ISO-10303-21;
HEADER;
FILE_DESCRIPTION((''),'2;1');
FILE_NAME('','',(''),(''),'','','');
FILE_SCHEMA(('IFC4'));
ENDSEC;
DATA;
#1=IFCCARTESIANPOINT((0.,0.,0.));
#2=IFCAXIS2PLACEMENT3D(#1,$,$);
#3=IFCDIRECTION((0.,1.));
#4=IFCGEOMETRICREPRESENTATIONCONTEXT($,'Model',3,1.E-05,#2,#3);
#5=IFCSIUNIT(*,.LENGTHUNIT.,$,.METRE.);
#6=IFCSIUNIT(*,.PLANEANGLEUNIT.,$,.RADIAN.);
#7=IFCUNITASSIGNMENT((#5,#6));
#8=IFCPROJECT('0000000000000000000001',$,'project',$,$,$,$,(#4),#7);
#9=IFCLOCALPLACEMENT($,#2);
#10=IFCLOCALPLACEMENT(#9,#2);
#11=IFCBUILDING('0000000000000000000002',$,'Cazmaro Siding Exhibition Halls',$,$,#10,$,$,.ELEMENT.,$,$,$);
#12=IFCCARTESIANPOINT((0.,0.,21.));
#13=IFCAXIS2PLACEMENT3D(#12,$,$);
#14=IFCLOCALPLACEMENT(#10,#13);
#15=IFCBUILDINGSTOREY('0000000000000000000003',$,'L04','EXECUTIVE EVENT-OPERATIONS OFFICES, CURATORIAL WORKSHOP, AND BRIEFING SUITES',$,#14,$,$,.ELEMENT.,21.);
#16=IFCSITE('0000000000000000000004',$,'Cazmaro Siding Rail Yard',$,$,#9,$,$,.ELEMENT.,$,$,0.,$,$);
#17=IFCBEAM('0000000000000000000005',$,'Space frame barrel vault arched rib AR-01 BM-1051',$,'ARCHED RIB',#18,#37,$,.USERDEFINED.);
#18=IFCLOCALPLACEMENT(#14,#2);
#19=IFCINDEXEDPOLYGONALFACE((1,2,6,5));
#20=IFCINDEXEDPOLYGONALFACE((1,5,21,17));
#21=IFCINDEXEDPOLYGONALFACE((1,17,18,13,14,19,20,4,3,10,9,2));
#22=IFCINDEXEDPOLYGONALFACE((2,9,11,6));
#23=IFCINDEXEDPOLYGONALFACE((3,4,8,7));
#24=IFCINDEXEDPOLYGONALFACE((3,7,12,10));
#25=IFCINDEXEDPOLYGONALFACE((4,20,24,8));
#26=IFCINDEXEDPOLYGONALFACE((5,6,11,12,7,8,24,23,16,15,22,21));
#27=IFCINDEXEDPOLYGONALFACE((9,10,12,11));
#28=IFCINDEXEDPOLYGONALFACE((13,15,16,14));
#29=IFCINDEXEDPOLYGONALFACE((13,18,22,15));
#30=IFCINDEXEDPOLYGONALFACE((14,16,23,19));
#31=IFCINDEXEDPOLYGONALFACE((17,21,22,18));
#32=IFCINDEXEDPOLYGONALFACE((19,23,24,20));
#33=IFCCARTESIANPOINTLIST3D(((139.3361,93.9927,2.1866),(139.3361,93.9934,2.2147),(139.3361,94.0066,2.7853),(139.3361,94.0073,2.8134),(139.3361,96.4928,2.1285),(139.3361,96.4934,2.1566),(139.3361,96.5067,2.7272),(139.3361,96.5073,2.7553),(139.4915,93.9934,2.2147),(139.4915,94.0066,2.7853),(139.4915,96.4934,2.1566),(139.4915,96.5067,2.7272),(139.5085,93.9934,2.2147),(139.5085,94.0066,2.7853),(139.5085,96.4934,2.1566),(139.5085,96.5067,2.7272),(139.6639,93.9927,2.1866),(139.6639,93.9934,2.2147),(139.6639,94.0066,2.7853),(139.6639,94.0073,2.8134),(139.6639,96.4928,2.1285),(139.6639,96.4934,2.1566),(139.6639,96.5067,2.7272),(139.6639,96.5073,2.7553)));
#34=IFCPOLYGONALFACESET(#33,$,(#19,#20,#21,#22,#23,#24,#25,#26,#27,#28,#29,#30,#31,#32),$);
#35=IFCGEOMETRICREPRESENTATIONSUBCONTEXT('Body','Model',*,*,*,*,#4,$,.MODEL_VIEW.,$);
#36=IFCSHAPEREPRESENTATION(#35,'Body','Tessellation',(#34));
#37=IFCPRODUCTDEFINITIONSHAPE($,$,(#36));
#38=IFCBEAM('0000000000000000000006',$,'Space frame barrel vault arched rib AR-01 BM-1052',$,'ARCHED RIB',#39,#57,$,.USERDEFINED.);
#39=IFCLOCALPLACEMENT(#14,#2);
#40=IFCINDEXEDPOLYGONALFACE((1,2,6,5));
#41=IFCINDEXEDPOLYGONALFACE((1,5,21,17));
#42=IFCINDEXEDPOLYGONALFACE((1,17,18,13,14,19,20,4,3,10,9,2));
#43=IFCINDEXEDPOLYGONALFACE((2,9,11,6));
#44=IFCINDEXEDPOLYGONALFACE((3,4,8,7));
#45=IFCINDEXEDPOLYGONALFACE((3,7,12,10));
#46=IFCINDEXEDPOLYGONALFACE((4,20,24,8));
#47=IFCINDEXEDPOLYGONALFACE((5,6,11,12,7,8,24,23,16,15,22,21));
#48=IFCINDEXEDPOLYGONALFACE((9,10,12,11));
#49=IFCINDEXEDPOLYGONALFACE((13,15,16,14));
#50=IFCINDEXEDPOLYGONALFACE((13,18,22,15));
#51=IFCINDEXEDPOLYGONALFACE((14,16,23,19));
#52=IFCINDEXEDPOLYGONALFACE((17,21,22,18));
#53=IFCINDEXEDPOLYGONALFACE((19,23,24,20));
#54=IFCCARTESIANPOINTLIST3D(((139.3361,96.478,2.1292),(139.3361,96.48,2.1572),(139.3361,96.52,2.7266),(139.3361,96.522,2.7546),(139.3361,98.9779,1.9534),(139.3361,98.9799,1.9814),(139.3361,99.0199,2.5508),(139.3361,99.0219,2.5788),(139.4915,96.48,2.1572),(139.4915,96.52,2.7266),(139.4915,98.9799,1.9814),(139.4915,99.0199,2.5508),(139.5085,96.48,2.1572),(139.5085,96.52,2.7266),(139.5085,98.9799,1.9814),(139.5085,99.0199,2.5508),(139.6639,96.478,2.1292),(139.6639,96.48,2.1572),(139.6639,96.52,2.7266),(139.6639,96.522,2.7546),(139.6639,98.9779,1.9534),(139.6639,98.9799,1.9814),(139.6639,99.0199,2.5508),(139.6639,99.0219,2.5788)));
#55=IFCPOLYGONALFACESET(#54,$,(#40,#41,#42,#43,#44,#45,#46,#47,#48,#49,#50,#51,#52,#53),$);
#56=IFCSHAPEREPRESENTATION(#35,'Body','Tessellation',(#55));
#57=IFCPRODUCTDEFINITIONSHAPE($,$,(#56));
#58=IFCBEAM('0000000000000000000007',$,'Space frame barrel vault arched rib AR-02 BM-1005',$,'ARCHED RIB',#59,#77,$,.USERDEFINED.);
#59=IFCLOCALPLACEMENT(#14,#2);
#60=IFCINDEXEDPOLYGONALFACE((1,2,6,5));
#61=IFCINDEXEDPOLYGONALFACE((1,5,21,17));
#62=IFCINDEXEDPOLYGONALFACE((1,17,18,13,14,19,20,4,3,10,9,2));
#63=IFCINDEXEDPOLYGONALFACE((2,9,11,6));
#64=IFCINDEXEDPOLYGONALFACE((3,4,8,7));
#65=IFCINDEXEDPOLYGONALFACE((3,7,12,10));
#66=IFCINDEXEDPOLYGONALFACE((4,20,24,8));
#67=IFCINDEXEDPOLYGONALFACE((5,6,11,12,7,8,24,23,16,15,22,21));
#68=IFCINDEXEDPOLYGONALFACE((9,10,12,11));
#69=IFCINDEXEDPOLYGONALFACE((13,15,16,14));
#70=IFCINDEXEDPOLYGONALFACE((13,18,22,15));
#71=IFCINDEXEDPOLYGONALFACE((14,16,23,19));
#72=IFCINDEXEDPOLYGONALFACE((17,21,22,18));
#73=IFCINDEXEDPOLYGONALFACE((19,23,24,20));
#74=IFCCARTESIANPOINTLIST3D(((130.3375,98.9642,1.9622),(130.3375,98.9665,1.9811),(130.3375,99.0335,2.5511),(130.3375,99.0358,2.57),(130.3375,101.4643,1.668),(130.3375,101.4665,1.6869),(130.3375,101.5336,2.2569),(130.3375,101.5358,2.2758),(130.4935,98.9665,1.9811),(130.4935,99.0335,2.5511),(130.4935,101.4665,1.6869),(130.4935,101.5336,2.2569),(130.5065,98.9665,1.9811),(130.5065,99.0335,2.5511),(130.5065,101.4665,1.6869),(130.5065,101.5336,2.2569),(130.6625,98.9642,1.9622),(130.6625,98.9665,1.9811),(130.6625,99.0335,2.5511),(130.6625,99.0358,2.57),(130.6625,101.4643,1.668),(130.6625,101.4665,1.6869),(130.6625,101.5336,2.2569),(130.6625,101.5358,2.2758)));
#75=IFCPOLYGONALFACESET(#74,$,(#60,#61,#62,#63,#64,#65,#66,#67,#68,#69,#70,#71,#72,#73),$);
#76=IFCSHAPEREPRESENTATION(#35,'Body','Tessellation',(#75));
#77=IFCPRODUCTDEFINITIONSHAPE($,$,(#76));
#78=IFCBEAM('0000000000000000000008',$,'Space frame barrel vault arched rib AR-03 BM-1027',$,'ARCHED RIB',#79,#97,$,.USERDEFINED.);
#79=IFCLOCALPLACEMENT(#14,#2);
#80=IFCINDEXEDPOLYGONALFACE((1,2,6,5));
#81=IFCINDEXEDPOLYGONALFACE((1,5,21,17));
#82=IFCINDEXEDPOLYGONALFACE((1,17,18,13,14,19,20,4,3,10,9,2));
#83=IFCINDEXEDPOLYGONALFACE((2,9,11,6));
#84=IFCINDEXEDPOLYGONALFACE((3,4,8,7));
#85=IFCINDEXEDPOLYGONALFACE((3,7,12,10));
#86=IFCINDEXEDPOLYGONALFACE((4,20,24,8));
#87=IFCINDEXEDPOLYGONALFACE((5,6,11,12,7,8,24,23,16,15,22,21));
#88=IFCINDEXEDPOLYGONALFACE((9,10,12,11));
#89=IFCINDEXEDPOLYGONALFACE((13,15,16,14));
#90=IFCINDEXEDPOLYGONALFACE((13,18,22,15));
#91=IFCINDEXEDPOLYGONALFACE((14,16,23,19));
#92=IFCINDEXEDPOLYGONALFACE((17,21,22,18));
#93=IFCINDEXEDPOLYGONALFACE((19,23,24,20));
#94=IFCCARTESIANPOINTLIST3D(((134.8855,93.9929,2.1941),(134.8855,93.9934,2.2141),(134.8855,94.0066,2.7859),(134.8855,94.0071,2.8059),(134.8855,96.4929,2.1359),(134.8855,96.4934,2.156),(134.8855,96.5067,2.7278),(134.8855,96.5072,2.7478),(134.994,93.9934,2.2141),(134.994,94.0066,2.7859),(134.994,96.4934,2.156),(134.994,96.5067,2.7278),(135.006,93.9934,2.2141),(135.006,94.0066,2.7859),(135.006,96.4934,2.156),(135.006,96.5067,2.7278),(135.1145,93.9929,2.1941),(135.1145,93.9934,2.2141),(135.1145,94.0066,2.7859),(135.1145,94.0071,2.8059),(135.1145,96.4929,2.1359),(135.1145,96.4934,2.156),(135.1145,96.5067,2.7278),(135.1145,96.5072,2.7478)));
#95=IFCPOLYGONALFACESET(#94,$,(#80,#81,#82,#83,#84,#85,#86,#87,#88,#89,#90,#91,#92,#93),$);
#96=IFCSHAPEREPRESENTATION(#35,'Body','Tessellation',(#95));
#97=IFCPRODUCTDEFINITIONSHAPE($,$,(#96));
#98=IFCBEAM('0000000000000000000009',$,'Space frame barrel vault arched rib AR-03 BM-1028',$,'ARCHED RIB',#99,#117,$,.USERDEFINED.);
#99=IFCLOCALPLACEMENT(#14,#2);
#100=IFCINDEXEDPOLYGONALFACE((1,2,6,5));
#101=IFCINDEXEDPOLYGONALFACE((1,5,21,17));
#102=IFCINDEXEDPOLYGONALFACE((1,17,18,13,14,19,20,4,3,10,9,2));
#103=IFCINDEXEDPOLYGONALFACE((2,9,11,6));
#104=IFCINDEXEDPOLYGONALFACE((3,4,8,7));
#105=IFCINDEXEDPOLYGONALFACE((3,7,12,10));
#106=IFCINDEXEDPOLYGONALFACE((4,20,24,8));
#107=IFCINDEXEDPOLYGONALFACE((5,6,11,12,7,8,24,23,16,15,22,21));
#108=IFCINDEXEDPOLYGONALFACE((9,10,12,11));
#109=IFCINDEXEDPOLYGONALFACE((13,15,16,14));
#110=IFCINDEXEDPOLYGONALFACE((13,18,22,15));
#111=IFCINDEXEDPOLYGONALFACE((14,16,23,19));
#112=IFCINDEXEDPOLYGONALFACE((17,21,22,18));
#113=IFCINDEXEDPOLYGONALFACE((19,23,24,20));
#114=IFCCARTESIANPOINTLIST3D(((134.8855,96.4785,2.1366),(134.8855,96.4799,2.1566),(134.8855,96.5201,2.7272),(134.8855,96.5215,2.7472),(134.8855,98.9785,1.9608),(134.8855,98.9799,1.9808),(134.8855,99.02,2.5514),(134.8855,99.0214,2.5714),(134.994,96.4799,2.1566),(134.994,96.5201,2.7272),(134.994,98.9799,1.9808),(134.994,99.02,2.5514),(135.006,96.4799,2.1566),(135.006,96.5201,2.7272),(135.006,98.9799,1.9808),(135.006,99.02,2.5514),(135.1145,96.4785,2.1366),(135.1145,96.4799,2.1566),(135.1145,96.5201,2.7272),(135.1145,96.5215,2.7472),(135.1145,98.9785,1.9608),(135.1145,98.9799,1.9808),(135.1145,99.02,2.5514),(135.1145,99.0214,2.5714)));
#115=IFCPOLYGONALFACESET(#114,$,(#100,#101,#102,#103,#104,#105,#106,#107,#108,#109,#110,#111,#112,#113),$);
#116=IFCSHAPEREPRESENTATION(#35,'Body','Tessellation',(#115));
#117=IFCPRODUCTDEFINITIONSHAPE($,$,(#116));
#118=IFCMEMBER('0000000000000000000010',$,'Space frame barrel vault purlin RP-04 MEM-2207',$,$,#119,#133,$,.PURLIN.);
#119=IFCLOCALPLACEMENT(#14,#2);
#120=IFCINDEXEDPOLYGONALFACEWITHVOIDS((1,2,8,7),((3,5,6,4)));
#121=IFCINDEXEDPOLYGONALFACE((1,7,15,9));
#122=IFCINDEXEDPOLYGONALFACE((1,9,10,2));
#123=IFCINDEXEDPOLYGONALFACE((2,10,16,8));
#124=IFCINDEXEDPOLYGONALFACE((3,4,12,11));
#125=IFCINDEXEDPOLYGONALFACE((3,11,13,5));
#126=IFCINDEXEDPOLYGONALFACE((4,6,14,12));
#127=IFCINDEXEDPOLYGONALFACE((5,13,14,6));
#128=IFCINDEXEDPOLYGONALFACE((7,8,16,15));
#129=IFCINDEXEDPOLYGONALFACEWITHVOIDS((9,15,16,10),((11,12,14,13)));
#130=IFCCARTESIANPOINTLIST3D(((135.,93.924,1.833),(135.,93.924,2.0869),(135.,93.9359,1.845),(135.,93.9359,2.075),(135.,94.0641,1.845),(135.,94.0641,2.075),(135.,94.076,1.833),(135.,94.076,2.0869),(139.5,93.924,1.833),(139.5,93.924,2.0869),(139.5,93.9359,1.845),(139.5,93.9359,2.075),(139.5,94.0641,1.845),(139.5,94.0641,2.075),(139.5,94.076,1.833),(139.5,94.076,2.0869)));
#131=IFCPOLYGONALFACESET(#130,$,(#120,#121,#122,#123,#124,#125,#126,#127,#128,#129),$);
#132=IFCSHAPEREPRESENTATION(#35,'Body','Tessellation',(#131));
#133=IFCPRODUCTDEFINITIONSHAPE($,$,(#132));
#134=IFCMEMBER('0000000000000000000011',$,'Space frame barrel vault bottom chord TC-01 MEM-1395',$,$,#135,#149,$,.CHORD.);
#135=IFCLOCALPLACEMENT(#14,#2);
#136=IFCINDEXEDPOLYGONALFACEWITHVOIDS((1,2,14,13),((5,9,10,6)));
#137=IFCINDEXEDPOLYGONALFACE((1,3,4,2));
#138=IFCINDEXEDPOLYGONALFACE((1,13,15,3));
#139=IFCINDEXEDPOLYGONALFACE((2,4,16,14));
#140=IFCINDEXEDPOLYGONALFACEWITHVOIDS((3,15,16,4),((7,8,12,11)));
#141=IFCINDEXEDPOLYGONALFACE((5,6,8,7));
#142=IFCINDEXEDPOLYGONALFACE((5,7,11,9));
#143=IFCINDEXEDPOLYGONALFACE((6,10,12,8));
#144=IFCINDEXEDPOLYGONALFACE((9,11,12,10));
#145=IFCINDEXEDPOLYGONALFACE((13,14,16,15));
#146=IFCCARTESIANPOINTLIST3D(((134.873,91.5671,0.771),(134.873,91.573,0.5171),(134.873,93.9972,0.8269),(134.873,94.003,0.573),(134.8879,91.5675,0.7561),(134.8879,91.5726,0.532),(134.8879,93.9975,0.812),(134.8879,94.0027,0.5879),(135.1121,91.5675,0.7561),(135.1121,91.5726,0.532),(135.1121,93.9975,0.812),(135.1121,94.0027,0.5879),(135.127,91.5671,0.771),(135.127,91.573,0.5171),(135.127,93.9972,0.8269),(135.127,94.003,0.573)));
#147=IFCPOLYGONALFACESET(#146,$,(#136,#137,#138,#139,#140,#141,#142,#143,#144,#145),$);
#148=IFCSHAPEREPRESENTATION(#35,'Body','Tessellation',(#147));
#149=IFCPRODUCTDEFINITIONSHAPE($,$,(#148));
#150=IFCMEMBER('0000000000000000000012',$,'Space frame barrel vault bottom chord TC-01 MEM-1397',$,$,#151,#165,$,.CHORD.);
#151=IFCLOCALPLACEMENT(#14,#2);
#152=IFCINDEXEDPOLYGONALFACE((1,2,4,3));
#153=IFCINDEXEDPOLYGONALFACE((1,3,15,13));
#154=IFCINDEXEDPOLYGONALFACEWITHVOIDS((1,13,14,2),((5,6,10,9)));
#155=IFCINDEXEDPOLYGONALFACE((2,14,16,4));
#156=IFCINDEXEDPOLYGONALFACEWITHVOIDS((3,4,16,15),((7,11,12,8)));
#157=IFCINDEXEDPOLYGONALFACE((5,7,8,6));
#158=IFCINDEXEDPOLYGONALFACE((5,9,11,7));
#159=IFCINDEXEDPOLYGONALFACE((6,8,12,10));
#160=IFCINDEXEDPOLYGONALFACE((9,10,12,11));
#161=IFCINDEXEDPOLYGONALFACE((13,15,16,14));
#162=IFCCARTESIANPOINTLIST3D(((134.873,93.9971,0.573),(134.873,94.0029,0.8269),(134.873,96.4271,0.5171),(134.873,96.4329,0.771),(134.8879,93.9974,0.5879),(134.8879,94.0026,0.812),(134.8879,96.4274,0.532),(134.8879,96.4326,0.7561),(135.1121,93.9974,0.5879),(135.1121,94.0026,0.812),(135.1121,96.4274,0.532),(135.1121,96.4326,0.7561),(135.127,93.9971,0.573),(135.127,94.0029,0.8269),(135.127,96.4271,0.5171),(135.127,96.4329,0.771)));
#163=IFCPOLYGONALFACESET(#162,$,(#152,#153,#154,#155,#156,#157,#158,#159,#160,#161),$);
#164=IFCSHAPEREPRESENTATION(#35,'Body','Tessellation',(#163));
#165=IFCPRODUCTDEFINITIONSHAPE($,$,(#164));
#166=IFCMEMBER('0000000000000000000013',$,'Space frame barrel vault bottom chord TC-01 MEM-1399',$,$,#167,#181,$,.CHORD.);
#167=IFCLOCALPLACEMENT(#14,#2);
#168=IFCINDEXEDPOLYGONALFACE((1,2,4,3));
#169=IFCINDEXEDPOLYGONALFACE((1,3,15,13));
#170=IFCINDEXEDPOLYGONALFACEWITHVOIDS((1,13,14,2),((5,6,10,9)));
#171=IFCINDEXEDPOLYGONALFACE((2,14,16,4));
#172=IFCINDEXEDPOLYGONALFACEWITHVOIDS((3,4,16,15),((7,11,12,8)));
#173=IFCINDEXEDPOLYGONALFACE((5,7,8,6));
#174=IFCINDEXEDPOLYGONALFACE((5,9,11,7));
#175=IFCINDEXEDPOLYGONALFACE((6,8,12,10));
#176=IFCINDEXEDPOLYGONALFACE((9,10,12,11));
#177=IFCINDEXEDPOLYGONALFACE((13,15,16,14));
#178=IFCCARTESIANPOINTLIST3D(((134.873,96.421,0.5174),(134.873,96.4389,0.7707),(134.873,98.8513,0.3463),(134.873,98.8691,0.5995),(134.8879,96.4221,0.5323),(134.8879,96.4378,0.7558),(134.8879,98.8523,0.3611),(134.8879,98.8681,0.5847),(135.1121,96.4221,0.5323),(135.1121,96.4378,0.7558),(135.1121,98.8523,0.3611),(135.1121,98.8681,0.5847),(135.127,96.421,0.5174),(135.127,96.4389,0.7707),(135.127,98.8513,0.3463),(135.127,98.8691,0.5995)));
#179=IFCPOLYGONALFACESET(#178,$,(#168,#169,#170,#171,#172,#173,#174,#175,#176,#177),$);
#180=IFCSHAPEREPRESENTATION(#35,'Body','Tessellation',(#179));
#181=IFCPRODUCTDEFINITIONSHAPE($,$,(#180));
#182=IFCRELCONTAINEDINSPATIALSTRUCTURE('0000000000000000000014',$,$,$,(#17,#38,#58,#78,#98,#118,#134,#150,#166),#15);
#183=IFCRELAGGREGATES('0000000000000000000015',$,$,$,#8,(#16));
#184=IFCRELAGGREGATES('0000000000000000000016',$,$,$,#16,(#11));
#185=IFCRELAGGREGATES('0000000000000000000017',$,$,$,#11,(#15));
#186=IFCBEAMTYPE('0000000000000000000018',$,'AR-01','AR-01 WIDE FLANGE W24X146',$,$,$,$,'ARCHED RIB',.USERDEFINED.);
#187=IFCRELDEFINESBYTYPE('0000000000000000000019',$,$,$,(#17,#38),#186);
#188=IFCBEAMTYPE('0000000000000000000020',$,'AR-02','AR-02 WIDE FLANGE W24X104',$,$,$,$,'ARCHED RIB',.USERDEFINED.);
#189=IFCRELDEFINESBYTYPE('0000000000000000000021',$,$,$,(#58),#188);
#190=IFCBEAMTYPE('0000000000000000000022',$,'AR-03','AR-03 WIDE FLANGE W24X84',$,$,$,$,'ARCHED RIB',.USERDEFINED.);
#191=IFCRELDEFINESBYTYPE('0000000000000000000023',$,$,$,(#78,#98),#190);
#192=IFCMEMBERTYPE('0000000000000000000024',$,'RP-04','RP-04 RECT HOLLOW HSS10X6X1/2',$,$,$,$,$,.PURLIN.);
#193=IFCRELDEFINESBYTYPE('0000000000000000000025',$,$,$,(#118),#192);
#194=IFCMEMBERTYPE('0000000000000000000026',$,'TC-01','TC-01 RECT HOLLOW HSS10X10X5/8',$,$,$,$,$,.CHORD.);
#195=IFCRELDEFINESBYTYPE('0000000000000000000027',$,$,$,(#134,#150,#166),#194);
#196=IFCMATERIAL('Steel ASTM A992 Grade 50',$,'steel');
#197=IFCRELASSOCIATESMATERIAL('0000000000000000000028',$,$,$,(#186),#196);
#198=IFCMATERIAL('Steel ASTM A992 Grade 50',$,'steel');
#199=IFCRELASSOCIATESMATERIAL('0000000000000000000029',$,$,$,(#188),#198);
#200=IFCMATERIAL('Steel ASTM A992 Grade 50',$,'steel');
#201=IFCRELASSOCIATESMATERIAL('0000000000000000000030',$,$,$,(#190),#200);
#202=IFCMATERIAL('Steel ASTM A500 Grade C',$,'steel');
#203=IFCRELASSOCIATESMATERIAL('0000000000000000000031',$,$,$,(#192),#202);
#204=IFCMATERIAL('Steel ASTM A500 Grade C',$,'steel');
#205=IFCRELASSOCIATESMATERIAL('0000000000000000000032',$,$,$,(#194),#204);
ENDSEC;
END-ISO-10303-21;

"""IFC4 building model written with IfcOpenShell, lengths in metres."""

from ifc_helpers import new_model, si_unit, direction, frame, origin, origin_2d, place, context, subcontext, project, spatial, hollow_rectangle, i_section, extrude, material, material_profile, profile_set, type_object, element, save


model = new_model("IFC4")

# Units and contexts
model_context = context("Model", 3, precision=1e-05, world=origin(), true_north=direction((0.0, 1.0)))
body_context = subcontext(model_context, "Body", "Model", "MODEL_VIEW")
ifc_project = project(units=[si_unit("LENGTHUNIT", "METRE"), si_unit("PLANEANGLEUNIT", "RADIAN")], contexts=[model_context])

# Site, building, storey
site_placement = place(None, origin())
site = spatial("IfcSite", under=ifc_project, at=site_placement, Name="Cazmaro Siding Rail Yard", CompositionType="ELEMENT", RefElevation=0.0)
building_placement = place(site_placement, origin())
building = spatial("IfcBuilding", under=site, at=building_placement, Name="Cazmaro Siding Exhibition Halls", CompositionType="ELEMENT")
storey_placement = place(building_placement, frame((0.0, 0.0, 21.0)))
storey = spatial("IfcBuildingStorey", under=building, at=storey_placement, Name="L04", Description="EXECUTIVE EVENT-OPERATIONS OFFICES, CURATORIAL WORKSHOP, AND BRIEFING SUITES", CompositionType="ELEMENT", Elevation=21.0)

# Beams
ifc_material_1 = material(Name="Steel ASTM A992 Grade 50", Category="steel")
ifc_material_profile_1 = material_profile(ifc_material_1, i_section(OverallWidth=0.3279, OverallDepth=0.627, WebThickness=0.0171, FlangeThickness=0.0281, at=origin_2d()), Name="W24X146")
ifc_profile_set_1 = profile_set([ifc_material_profile_1], Name="Steel ASTM A992 Grade 50")
beam_type_1 = type_object("IfcBeamType", Name="AR-01", Description="AR-01 WIDE FLANGE W24X146", ElementType="ARCHED RIB", PredefinedType="USERDEFINED", material=ifc_profile_set_1)
beam_1_placement = place(storey_placement, frame((139.5, 94.0, 2.5), z_axis=(0.0, 0.99973, -0.023236), x_axis=(-1.0, 0.0, 0.0)))
element("IfcBeam", 1, at=beam_1_placement, inside=storey, type_object=beam_type_1, Name="Space frame barrel vault arched rib AR-01 BM-1051", ObjectType="ARCHED RIB", PredefinedType="USERDEFINED", context=body_context, shape_type="SweptSolid", body=[
    extrude(i_section(OverallWidth=0.3279, OverallDepth=0.627, WebThickness=0.0171, FlangeThickness=0.0281, at=origin_2d()), origin(), (0.0, 0.0, 1.0), 2.5007),
])
beam_2_placement = place(storey_placement, frame((139.5, 96.5, 2.4419), z_axis=(0.0, 0.997537, -0.070139), x_axis=(-1.0, 0.0, 0.0)))
element("IfcBeam", 2, at=beam_2_placement, inside=storey, type_object=beam_type_1, Name="Space frame barrel vault arched rib AR-01 BM-1052", ObjectType="ARCHED RIB", PredefinedType="USERDEFINED", context=body_context, shape_type="SweptSolid", body=[
    extrude(i_section(OverallWidth=0.3279, OverallDepth=0.627, WebThickness=0.0171, FlangeThickness=0.0281, at=origin_2d()), origin(), (0.0, 0.0, 1.0), 2.5061),
])
ifc_material_2 = material(Name="Steel ASTM A992 Grade 50", Category="steel")
ifc_material_profile_2 = material_profile(ifc_material_2, i_section(OverallWidth=0.325, OverallDepth=0.6121, WebThickness=0.0129, FlangeThickness=0.019, at=origin_2d()), Name="W24X104")
ifc_profile_set_2 = profile_set([ifc_material_profile_2], Name="Steel ASTM A992 Grade 50")
beam_type_2 = type_object("IfcBeamType", Name="AR-02", Description="AR-02 WIDE FLANGE W24X104", ElementType="ARCHED RIB", PredefinedType="USERDEFINED", material=ifc_profile_set_2)
beam_3_placement = place(storey_placement, frame((130.5, 99.0, 2.2661), z_axis=(0.0, 0.993147, -0.116869), x_axis=(-1.0, 0.0, 0.0)))
element("IfcBeam", 3, at=beam_3_placement, inside=storey, type_object=beam_type_2, Name="Space frame barrel vault arched rib AR-02 BM-1005", ObjectType="ARCHED RIB", PredefinedType="USERDEFINED", context=body_context, shape_type="SweptSolid", body=[
    extrude(i_section(OverallWidth=0.325, OverallDepth=0.6121, WebThickness=0.0129, FlangeThickness=0.019, at=origin_2d()), origin(), (0.0, 0.0, 1.0), 2.5173),
])
ifc_material_3 = material(Name="Steel ASTM A992 Grade 50", Category="steel")
ifc_material_profile_3 = material_profile(ifc_material_3, i_section(OverallWidth=0.229, OverallDepth=0.6121, WebThickness=0.012, FlangeThickness=0.02, at=origin_2d()), Name="W24X84")
ifc_profile_set_3 = profile_set([ifc_material_profile_3], Name="Steel ASTM A992 Grade 50")
beam_type_3 = type_object("IfcBeamType", Name="AR-03", Description="AR-03 WIDE FLANGE W24X84", ElementType="ARCHED RIB", PredefinedType="USERDEFINED", material=ifc_profile_set_3)
beam_4_placement = place(storey_placement, frame((135.0, 94.0, 2.5), z_axis=(0.0, 0.99973, -0.023236), x_axis=(-1.0, 0.0, 0.0)))
element("IfcBeam", 4, at=beam_4_placement, inside=storey, type_object=beam_type_3, Name="Space frame barrel vault arched rib AR-03 BM-1027", ObjectType="ARCHED RIB", PredefinedType="USERDEFINED", context=body_context, shape_type="SweptSolid", body=[
    extrude(i_section(OverallWidth=0.229, OverallDepth=0.6121, WebThickness=0.012, FlangeThickness=0.02, at=origin_2d()), origin(), (0.0, 0.0, 1.0), 2.5007),
])
beam_5_placement = place(storey_placement, frame((135.0, 96.5, 2.4419), z_axis=(0.0, 0.997537, -0.070139), x_axis=(-1.0, 0.0, 0.0)))
element("IfcBeam", 5, at=beam_5_placement, inside=storey, type_object=beam_type_3, Name="Space frame barrel vault arched rib AR-03 BM-1028", ObjectType="ARCHED RIB", PredefinedType="USERDEFINED", context=body_context, shape_type="SweptSolid", body=[
    extrude(i_section(OverallWidth=0.229, OverallDepth=0.6121, WebThickness=0.012, FlangeThickness=0.02, at=origin_2d()), origin(), (0.0, 0.0, 1.0), 2.5061),
])

# Members
ifc_material_4 = material(Name="Steel ASTM A500 Grade C", Category="steel")
ifc_material_profile_4 = material_profile(ifc_material_4, hollow_rectangle(XDim=0.1521, YDim=0.2539, WallThickness=0.012, at=origin_2d()), Name="HSS10X6X1/2")
ifc_profile_set_4 = profile_set([ifc_material_profile_4], Name="Steel ASTM A500 Grade C")
member_type_1 = type_object("IfcMemberType", Name="RP-04", Description="RP-04 RECT HOLLOW HSS10X6X1/2", PredefinedType="PURLIN", material=ifc_profile_set_4)
member_1_placement = place(storey_placement, frame((135.0, 94.0, 1.96), z_axis=(1.0, 0.0, 0.0), x_axis=(0.0, 1.0, 0.0)))
element("IfcMember", 6, at=member_1_placement, inside=storey, type_object=member_type_1, Name="Space frame barrel vault purlin RP-04 MEM-2207", PredefinedType="PURLIN", context=body_context, shape_type="SweptSolid", body=[
    extrude(hollow_rectangle(XDim=0.1521, YDim=0.2539, WallThickness=0.012, at=origin_2d()), origin(), (0.0, 0.0, 1.0), 4.5),
])
ifc_material_5 = material(Name="Steel ASTM A500 Grade C", Category="steel")
ifc_material_profile_5 = material_profile(ifc_material_5, hollow_rectangle(XDim=0.2539, YDim=0.2539, WallThickness=0.0149, at=origin_2d()), Name="HSS10X10X5/8")
ifc_profile_set_5 = profile_set([ifc_material_profile_5], Name="Steel ASTM A500 Grade C")
member_type_2 = type_object("IfcMemberType", Name="TC-01", Description="TC-01 RECT HOLLOW HSS10X10X5/8", PredefinedType="CHORD", material=ifc_profile_set_5)
for number, where, z_axis, x_axis, name in (
    (7, (135.0, 91.5701, 0.644), (0.0, 0.999735, 0.023002), (-1.0, 0.0, 0.0), "Space frame barrel vault bottom chord TC-01 MEM-1395"),
    (8, (135.0, 94.0, 0.7), (0.0, 0.999735, -0.023002), (-1.0, 0.0, 0.0), "Space frame barrel vault bottom chord TC-01 MEM-1397"),
):
    element("IfcMember", number, at=place(storey_placement, frame(where, z_axis=z_axis, x_axis=x_axis)), inside=storey, type_object=member_type_2, Name=name, PredefinedType="CHORD", context=body_context, shape_type="SweptSolid", body=[
        extrude(hollow_rectangle(XDim=0.2539, YDim=0.2539, WallThickness=0.0149, at=origin_2d()), origin(), (0.0, 0.0, 1.0), 2.4307),
    ])
member_2_placement = place(storey_placement, frame((135.0, 96.4299, 0.644), z_axis=(0.0, 0.997529, -0.07025), x_axis=(-1.0, 0.0, 0.0)))
element("IfcMember", 9, at=member_2_placement, inside=storey, type_object=member_type_2, Name="Space frame barrel vault bottom chord TC-01 MEM-1399", PredefinedType="CHORD", context=body_context, shape_type="SweptSolid", body=[
    extrude(hollow_rectangle(XDim=0.2539, YDim=0.2539, WallThickness=0.0149, at=origin_2d()), origin(), (0.0, 0.0, 1.0), 2.4363),
])

save(model, "model.ifc")
